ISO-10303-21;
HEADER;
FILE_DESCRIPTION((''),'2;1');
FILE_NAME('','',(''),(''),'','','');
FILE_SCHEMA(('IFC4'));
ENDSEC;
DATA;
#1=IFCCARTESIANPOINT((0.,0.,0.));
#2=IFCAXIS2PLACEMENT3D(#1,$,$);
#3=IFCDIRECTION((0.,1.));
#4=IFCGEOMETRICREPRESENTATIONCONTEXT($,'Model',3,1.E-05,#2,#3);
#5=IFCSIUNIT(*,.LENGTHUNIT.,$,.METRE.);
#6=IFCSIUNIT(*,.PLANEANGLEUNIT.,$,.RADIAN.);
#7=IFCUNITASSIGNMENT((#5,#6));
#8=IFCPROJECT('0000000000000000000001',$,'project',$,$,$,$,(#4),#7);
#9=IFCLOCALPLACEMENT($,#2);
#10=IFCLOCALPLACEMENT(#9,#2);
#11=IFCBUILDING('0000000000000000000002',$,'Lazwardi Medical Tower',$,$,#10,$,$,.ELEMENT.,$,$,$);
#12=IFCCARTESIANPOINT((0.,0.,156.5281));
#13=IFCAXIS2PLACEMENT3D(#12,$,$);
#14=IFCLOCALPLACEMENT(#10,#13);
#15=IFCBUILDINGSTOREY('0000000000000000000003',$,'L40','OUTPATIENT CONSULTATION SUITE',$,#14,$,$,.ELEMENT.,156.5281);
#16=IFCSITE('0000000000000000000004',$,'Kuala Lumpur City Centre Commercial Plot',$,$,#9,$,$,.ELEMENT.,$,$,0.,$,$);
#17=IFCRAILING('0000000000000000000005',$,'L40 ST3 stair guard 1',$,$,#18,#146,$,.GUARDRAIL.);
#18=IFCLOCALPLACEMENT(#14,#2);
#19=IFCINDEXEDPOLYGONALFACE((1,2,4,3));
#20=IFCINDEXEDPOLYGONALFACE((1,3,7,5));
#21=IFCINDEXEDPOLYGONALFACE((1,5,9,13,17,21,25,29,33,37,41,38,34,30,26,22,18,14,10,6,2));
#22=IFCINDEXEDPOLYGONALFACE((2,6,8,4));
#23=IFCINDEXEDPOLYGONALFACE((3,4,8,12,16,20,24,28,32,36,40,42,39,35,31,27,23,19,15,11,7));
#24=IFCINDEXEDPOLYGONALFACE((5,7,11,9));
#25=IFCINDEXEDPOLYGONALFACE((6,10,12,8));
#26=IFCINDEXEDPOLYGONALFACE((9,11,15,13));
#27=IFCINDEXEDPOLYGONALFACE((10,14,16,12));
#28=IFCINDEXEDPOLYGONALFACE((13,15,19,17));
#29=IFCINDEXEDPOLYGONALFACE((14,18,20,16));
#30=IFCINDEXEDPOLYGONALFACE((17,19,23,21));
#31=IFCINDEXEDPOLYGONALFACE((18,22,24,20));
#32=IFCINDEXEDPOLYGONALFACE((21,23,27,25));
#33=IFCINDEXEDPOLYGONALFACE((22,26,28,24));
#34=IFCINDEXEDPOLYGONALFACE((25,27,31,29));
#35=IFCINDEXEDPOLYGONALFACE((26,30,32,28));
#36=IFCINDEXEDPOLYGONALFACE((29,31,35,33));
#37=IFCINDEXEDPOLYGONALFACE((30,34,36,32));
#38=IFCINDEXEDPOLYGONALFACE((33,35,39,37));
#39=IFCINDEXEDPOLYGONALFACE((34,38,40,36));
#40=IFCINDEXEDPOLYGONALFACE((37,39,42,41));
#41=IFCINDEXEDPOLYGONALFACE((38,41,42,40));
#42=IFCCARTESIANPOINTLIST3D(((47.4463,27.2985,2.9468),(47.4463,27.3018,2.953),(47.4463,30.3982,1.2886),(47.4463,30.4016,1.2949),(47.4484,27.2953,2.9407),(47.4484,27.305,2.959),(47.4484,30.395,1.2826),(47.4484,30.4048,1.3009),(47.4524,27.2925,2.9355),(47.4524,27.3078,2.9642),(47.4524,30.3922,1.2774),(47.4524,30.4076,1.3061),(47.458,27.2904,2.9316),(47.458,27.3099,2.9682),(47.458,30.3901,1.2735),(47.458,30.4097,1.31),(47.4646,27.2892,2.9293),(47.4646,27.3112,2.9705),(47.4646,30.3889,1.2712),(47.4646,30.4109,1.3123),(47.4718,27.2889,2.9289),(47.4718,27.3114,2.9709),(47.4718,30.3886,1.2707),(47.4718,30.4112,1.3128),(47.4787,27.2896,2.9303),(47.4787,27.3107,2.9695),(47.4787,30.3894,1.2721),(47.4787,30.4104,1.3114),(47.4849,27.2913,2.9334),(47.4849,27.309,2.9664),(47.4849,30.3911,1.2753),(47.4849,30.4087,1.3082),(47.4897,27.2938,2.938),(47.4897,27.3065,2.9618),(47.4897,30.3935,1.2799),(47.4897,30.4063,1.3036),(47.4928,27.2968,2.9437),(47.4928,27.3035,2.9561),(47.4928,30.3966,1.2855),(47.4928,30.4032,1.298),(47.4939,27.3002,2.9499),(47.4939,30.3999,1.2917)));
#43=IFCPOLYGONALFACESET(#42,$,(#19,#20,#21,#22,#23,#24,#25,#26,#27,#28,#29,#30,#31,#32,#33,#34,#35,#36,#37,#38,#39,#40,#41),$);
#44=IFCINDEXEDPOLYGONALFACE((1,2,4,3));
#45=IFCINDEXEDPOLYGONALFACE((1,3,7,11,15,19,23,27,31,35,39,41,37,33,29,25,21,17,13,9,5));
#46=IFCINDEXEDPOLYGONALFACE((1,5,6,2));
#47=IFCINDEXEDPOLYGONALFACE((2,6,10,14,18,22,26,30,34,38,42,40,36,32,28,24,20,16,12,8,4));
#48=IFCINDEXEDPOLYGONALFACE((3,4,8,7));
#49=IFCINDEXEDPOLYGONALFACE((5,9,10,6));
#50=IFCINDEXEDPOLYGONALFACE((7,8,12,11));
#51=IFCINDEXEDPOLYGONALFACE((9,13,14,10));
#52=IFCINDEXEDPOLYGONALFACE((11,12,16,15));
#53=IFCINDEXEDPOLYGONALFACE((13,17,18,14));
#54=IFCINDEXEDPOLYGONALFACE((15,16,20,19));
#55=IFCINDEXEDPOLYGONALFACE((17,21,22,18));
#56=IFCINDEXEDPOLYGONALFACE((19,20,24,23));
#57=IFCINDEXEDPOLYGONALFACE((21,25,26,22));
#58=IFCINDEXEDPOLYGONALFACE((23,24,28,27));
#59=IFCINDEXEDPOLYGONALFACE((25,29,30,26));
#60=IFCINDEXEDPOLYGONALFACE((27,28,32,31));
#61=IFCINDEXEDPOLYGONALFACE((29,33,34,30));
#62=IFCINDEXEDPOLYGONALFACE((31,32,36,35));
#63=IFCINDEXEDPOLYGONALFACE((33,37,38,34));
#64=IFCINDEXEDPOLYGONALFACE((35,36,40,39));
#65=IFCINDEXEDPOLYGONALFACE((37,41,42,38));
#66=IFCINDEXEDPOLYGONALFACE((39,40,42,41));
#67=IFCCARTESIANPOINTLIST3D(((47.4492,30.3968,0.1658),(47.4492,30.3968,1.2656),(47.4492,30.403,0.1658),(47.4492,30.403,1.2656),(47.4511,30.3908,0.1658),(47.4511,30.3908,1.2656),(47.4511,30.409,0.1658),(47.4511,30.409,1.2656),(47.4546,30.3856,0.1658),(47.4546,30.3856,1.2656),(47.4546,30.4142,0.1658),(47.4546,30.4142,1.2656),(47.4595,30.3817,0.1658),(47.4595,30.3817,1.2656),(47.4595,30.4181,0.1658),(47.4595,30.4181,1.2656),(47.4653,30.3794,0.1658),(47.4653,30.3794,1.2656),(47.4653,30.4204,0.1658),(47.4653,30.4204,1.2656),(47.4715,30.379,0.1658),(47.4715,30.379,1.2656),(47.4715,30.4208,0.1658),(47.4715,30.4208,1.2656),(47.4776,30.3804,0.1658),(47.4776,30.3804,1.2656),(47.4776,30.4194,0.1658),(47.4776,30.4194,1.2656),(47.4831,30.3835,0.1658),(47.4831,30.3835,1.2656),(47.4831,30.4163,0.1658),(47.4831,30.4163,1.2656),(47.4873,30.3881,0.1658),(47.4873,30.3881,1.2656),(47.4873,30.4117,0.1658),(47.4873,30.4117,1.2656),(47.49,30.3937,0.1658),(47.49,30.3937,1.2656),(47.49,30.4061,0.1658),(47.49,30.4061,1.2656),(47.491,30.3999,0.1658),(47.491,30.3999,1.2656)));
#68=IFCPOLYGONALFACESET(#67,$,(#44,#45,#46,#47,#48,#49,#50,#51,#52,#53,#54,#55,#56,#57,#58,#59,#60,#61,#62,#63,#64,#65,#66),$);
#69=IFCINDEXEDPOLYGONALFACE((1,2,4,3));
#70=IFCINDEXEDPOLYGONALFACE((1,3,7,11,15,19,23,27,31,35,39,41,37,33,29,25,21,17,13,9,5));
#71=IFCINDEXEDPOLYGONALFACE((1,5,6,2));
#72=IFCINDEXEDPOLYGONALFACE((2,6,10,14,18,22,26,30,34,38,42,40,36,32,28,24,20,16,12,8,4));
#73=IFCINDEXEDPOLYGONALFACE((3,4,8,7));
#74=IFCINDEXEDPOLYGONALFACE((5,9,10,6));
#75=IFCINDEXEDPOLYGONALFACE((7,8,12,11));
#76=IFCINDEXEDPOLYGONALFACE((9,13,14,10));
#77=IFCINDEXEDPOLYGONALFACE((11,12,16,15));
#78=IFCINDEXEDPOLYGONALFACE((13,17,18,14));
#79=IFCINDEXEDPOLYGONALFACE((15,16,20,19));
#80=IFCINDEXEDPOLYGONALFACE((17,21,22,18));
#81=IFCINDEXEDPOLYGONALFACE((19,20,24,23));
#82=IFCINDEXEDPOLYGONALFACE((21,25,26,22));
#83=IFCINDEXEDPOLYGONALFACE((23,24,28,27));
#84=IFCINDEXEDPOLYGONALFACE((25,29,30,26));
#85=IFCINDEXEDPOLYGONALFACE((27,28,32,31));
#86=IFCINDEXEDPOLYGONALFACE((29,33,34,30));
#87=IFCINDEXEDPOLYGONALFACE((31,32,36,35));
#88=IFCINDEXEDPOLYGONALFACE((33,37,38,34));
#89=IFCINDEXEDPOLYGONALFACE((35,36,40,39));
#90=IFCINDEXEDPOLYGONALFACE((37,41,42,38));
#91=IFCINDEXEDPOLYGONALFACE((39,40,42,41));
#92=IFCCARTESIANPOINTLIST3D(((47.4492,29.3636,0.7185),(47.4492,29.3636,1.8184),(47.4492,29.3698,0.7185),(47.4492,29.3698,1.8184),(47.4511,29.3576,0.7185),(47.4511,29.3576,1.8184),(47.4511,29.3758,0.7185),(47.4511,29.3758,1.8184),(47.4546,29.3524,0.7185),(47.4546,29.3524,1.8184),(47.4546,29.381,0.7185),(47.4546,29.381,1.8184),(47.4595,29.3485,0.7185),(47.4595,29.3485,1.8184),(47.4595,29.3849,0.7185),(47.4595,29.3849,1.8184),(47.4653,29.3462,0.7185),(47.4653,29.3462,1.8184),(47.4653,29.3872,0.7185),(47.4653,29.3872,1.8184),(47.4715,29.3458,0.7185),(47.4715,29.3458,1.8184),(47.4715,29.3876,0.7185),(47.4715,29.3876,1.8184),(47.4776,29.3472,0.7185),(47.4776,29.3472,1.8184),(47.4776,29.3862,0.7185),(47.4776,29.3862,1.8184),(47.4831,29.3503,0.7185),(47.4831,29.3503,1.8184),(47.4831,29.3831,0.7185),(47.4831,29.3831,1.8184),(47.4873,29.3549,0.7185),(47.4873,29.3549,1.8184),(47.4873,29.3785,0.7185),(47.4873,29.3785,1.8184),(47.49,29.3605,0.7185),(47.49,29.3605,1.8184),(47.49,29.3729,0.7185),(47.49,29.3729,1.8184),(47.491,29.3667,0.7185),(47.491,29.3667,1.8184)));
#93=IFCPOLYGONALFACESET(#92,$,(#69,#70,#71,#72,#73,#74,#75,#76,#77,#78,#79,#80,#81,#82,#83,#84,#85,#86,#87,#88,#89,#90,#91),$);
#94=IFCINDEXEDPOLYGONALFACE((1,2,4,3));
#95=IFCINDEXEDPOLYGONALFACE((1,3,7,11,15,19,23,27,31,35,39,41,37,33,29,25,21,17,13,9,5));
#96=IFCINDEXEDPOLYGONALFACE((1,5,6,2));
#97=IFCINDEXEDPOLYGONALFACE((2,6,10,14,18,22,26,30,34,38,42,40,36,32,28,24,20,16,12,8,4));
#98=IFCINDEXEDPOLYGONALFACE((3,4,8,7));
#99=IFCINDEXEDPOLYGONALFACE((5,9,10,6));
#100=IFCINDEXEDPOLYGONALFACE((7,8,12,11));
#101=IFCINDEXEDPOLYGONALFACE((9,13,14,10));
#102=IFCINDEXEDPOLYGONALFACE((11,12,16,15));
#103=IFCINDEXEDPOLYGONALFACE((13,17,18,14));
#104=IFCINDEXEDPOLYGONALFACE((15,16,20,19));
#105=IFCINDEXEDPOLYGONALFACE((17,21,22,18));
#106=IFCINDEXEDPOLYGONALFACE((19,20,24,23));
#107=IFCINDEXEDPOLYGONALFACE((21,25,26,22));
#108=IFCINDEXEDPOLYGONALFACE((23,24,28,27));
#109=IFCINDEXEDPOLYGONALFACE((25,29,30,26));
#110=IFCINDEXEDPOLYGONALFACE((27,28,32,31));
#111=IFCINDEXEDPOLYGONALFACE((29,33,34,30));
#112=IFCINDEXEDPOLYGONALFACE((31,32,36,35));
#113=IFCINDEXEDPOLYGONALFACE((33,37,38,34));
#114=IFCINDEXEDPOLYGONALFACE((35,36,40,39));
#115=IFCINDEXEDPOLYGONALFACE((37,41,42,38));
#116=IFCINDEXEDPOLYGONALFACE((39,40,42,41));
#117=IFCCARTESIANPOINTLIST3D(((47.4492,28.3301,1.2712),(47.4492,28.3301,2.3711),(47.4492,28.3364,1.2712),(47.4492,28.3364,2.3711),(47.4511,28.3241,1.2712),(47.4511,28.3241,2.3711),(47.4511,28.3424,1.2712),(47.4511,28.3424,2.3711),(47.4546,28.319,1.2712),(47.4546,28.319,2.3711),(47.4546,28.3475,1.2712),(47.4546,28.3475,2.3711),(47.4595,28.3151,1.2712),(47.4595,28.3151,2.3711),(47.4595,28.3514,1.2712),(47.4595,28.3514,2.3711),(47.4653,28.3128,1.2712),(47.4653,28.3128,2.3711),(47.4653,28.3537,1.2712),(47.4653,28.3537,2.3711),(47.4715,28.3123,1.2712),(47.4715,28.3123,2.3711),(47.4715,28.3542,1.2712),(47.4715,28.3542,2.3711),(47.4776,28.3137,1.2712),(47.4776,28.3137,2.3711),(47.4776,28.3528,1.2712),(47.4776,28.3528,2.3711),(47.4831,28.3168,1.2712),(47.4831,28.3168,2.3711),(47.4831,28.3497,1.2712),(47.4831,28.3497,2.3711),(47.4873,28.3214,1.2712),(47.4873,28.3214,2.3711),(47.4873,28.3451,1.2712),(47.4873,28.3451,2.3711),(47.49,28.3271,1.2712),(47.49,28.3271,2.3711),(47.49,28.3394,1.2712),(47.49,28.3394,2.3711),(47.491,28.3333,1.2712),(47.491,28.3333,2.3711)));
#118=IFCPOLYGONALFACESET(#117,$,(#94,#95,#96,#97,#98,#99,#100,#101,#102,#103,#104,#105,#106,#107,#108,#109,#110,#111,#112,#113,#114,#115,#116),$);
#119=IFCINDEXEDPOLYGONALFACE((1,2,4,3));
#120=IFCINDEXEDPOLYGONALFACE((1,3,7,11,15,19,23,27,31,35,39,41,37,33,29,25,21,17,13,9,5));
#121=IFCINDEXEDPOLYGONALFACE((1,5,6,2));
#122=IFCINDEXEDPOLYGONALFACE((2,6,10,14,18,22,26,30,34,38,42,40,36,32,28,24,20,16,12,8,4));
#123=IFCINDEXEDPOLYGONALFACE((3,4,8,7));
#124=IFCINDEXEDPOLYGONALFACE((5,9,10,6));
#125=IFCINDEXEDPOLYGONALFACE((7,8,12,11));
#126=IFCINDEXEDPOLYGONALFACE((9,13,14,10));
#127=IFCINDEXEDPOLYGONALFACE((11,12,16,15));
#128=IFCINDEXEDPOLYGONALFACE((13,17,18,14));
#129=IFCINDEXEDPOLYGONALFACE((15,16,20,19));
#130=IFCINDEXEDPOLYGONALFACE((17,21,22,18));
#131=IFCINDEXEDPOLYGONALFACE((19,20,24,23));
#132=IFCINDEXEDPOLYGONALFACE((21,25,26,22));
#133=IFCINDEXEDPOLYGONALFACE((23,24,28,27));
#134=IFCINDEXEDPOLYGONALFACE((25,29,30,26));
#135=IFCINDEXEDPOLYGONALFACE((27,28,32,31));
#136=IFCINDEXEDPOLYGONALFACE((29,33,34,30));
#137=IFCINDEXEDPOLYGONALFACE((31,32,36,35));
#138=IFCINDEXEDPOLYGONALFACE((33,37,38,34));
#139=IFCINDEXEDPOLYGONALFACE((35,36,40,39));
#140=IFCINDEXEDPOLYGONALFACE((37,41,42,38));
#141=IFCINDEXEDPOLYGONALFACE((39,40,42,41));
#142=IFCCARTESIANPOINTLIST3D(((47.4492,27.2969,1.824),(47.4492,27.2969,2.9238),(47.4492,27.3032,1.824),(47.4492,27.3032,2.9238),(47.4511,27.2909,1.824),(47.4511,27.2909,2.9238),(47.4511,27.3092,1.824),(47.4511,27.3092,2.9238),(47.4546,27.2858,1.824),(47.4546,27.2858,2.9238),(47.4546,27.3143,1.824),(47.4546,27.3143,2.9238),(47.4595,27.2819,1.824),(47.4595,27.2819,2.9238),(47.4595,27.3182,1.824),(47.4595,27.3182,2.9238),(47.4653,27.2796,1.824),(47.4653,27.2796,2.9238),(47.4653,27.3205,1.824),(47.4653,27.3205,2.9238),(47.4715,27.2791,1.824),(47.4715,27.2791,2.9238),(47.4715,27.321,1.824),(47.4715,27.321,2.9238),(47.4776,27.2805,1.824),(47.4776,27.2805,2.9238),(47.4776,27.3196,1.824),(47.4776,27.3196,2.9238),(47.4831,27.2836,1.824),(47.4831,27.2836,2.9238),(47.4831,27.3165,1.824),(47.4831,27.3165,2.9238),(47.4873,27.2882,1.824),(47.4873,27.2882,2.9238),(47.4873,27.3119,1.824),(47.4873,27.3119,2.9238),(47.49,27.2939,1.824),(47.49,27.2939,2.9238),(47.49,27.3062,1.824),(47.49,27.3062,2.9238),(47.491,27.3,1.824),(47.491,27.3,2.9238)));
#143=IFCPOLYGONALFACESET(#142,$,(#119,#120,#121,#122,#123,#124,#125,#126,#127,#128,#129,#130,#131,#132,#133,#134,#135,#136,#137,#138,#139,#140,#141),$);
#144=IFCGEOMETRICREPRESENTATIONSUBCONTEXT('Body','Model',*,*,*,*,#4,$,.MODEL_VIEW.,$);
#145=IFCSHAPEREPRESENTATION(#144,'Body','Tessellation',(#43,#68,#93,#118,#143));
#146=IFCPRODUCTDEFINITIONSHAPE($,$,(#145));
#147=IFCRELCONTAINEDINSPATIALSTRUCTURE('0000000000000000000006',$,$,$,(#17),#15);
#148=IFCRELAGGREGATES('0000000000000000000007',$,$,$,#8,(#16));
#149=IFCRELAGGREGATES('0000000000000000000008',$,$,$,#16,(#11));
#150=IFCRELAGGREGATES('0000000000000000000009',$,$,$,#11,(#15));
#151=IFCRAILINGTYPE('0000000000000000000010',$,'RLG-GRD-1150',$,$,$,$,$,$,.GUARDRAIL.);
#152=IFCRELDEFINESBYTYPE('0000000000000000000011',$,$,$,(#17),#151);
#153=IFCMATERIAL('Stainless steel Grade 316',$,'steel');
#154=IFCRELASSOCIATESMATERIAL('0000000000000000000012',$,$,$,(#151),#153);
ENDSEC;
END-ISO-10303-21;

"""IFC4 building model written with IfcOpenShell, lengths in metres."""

from ifc_helpers import new_model, si_unit, direction, frame, origin, origin_2d, place, context, subcontext, project, spatial, circle, extrude, material, type_object, element, save


model = new_model("IFC4")

# Units and contexts
model_context = context("Model", 3, precision=1e-05, world=origin(), true_north=direction((0.0, 1.0)))
body_context = subcontext(model_context, "Body", "Model", "MODEL_VIEW")
ifc_project = project(units=[si_unit("LENGTHUNIT", "METRE"), si_unit("PLANEANGLEUNIT", "RADIAN")], contexts=[model_context])

# Site, building, storey
site_placement = place(None, origin())
site = spatial("IfcSite", under=ifc_project, at=site_placement, Name="Kuala Lumpur City Centre Commercial Plot", CompositionType="ELEMENT", RefElevation=0.0)
building_placement = place(site_placement, origin())
building = spatial("IfcBuilding", under=site, at=building_placement, Name="Lazwardi Medical Tower", CompositionType="ELEMENT")
storey_placement = place(building_placement, frame((0.0, 0.0, 156.5281)))
storey = spatial("IfcBuildingStorey", under=building, at=storey_placement, Name="L40", Description="OUTPATIENT CONSULTATION SUITE", CompositionType="ELEMENT", Elevation=156.5281)

# Railing
ifc_material_1 = material(Name="Stainless steel Grade 316", Category="steel")
railing_type = type_object("IfcRailingType", Name="RLG-GRD-1150", PredefinedType="GUARDRAIL", material=ifc_material_1)
railing_1_placement = place(storey_placement, frame((47.47, 30.3999, 0.1658)))
element("IfcRailing", 1, at=railing_1_placement, inside=storey, type_object=railing_type, Name="L40 ST3 stair guard 1", PredefinedType="GUARDRAIL", context=body_context, shape_type="SweptSolid", body=[
    extrude(circle(Radius=0.0239, at=origin_2d()), frame((0.0, 0.0, 1.126), z_axis=(0.0, -0.881768, 0.471684), x_axis=(1.0, 0.0, 0.0)), (0.0, 0.0, 1.0), 3.5154),
    extrude(circle(Radius=0.021, at=origin_2d()), origin(), (0.0, 0.0, 1.0), 1.0999),
    extrude(circle(Radius=0.021, at=origin_2d()), frame((0.0, -1.0332, 0.5527)), (0.0, 0.0, 1.0), 1.0999),
    extrude(circle(Radius=0.021, at=origin_2d()), frame((0.0, -2.0667, 1.1055)), (0.0, 0.0, 1.0), 1.0999),
    extrude(circle(Radius=0.021, at=origin_2d()), frame((0.0, -3.0999, 1.6582)), (0.0, 0.0, 1.0), 1.0999),
])

save(model, "model.ifc")
